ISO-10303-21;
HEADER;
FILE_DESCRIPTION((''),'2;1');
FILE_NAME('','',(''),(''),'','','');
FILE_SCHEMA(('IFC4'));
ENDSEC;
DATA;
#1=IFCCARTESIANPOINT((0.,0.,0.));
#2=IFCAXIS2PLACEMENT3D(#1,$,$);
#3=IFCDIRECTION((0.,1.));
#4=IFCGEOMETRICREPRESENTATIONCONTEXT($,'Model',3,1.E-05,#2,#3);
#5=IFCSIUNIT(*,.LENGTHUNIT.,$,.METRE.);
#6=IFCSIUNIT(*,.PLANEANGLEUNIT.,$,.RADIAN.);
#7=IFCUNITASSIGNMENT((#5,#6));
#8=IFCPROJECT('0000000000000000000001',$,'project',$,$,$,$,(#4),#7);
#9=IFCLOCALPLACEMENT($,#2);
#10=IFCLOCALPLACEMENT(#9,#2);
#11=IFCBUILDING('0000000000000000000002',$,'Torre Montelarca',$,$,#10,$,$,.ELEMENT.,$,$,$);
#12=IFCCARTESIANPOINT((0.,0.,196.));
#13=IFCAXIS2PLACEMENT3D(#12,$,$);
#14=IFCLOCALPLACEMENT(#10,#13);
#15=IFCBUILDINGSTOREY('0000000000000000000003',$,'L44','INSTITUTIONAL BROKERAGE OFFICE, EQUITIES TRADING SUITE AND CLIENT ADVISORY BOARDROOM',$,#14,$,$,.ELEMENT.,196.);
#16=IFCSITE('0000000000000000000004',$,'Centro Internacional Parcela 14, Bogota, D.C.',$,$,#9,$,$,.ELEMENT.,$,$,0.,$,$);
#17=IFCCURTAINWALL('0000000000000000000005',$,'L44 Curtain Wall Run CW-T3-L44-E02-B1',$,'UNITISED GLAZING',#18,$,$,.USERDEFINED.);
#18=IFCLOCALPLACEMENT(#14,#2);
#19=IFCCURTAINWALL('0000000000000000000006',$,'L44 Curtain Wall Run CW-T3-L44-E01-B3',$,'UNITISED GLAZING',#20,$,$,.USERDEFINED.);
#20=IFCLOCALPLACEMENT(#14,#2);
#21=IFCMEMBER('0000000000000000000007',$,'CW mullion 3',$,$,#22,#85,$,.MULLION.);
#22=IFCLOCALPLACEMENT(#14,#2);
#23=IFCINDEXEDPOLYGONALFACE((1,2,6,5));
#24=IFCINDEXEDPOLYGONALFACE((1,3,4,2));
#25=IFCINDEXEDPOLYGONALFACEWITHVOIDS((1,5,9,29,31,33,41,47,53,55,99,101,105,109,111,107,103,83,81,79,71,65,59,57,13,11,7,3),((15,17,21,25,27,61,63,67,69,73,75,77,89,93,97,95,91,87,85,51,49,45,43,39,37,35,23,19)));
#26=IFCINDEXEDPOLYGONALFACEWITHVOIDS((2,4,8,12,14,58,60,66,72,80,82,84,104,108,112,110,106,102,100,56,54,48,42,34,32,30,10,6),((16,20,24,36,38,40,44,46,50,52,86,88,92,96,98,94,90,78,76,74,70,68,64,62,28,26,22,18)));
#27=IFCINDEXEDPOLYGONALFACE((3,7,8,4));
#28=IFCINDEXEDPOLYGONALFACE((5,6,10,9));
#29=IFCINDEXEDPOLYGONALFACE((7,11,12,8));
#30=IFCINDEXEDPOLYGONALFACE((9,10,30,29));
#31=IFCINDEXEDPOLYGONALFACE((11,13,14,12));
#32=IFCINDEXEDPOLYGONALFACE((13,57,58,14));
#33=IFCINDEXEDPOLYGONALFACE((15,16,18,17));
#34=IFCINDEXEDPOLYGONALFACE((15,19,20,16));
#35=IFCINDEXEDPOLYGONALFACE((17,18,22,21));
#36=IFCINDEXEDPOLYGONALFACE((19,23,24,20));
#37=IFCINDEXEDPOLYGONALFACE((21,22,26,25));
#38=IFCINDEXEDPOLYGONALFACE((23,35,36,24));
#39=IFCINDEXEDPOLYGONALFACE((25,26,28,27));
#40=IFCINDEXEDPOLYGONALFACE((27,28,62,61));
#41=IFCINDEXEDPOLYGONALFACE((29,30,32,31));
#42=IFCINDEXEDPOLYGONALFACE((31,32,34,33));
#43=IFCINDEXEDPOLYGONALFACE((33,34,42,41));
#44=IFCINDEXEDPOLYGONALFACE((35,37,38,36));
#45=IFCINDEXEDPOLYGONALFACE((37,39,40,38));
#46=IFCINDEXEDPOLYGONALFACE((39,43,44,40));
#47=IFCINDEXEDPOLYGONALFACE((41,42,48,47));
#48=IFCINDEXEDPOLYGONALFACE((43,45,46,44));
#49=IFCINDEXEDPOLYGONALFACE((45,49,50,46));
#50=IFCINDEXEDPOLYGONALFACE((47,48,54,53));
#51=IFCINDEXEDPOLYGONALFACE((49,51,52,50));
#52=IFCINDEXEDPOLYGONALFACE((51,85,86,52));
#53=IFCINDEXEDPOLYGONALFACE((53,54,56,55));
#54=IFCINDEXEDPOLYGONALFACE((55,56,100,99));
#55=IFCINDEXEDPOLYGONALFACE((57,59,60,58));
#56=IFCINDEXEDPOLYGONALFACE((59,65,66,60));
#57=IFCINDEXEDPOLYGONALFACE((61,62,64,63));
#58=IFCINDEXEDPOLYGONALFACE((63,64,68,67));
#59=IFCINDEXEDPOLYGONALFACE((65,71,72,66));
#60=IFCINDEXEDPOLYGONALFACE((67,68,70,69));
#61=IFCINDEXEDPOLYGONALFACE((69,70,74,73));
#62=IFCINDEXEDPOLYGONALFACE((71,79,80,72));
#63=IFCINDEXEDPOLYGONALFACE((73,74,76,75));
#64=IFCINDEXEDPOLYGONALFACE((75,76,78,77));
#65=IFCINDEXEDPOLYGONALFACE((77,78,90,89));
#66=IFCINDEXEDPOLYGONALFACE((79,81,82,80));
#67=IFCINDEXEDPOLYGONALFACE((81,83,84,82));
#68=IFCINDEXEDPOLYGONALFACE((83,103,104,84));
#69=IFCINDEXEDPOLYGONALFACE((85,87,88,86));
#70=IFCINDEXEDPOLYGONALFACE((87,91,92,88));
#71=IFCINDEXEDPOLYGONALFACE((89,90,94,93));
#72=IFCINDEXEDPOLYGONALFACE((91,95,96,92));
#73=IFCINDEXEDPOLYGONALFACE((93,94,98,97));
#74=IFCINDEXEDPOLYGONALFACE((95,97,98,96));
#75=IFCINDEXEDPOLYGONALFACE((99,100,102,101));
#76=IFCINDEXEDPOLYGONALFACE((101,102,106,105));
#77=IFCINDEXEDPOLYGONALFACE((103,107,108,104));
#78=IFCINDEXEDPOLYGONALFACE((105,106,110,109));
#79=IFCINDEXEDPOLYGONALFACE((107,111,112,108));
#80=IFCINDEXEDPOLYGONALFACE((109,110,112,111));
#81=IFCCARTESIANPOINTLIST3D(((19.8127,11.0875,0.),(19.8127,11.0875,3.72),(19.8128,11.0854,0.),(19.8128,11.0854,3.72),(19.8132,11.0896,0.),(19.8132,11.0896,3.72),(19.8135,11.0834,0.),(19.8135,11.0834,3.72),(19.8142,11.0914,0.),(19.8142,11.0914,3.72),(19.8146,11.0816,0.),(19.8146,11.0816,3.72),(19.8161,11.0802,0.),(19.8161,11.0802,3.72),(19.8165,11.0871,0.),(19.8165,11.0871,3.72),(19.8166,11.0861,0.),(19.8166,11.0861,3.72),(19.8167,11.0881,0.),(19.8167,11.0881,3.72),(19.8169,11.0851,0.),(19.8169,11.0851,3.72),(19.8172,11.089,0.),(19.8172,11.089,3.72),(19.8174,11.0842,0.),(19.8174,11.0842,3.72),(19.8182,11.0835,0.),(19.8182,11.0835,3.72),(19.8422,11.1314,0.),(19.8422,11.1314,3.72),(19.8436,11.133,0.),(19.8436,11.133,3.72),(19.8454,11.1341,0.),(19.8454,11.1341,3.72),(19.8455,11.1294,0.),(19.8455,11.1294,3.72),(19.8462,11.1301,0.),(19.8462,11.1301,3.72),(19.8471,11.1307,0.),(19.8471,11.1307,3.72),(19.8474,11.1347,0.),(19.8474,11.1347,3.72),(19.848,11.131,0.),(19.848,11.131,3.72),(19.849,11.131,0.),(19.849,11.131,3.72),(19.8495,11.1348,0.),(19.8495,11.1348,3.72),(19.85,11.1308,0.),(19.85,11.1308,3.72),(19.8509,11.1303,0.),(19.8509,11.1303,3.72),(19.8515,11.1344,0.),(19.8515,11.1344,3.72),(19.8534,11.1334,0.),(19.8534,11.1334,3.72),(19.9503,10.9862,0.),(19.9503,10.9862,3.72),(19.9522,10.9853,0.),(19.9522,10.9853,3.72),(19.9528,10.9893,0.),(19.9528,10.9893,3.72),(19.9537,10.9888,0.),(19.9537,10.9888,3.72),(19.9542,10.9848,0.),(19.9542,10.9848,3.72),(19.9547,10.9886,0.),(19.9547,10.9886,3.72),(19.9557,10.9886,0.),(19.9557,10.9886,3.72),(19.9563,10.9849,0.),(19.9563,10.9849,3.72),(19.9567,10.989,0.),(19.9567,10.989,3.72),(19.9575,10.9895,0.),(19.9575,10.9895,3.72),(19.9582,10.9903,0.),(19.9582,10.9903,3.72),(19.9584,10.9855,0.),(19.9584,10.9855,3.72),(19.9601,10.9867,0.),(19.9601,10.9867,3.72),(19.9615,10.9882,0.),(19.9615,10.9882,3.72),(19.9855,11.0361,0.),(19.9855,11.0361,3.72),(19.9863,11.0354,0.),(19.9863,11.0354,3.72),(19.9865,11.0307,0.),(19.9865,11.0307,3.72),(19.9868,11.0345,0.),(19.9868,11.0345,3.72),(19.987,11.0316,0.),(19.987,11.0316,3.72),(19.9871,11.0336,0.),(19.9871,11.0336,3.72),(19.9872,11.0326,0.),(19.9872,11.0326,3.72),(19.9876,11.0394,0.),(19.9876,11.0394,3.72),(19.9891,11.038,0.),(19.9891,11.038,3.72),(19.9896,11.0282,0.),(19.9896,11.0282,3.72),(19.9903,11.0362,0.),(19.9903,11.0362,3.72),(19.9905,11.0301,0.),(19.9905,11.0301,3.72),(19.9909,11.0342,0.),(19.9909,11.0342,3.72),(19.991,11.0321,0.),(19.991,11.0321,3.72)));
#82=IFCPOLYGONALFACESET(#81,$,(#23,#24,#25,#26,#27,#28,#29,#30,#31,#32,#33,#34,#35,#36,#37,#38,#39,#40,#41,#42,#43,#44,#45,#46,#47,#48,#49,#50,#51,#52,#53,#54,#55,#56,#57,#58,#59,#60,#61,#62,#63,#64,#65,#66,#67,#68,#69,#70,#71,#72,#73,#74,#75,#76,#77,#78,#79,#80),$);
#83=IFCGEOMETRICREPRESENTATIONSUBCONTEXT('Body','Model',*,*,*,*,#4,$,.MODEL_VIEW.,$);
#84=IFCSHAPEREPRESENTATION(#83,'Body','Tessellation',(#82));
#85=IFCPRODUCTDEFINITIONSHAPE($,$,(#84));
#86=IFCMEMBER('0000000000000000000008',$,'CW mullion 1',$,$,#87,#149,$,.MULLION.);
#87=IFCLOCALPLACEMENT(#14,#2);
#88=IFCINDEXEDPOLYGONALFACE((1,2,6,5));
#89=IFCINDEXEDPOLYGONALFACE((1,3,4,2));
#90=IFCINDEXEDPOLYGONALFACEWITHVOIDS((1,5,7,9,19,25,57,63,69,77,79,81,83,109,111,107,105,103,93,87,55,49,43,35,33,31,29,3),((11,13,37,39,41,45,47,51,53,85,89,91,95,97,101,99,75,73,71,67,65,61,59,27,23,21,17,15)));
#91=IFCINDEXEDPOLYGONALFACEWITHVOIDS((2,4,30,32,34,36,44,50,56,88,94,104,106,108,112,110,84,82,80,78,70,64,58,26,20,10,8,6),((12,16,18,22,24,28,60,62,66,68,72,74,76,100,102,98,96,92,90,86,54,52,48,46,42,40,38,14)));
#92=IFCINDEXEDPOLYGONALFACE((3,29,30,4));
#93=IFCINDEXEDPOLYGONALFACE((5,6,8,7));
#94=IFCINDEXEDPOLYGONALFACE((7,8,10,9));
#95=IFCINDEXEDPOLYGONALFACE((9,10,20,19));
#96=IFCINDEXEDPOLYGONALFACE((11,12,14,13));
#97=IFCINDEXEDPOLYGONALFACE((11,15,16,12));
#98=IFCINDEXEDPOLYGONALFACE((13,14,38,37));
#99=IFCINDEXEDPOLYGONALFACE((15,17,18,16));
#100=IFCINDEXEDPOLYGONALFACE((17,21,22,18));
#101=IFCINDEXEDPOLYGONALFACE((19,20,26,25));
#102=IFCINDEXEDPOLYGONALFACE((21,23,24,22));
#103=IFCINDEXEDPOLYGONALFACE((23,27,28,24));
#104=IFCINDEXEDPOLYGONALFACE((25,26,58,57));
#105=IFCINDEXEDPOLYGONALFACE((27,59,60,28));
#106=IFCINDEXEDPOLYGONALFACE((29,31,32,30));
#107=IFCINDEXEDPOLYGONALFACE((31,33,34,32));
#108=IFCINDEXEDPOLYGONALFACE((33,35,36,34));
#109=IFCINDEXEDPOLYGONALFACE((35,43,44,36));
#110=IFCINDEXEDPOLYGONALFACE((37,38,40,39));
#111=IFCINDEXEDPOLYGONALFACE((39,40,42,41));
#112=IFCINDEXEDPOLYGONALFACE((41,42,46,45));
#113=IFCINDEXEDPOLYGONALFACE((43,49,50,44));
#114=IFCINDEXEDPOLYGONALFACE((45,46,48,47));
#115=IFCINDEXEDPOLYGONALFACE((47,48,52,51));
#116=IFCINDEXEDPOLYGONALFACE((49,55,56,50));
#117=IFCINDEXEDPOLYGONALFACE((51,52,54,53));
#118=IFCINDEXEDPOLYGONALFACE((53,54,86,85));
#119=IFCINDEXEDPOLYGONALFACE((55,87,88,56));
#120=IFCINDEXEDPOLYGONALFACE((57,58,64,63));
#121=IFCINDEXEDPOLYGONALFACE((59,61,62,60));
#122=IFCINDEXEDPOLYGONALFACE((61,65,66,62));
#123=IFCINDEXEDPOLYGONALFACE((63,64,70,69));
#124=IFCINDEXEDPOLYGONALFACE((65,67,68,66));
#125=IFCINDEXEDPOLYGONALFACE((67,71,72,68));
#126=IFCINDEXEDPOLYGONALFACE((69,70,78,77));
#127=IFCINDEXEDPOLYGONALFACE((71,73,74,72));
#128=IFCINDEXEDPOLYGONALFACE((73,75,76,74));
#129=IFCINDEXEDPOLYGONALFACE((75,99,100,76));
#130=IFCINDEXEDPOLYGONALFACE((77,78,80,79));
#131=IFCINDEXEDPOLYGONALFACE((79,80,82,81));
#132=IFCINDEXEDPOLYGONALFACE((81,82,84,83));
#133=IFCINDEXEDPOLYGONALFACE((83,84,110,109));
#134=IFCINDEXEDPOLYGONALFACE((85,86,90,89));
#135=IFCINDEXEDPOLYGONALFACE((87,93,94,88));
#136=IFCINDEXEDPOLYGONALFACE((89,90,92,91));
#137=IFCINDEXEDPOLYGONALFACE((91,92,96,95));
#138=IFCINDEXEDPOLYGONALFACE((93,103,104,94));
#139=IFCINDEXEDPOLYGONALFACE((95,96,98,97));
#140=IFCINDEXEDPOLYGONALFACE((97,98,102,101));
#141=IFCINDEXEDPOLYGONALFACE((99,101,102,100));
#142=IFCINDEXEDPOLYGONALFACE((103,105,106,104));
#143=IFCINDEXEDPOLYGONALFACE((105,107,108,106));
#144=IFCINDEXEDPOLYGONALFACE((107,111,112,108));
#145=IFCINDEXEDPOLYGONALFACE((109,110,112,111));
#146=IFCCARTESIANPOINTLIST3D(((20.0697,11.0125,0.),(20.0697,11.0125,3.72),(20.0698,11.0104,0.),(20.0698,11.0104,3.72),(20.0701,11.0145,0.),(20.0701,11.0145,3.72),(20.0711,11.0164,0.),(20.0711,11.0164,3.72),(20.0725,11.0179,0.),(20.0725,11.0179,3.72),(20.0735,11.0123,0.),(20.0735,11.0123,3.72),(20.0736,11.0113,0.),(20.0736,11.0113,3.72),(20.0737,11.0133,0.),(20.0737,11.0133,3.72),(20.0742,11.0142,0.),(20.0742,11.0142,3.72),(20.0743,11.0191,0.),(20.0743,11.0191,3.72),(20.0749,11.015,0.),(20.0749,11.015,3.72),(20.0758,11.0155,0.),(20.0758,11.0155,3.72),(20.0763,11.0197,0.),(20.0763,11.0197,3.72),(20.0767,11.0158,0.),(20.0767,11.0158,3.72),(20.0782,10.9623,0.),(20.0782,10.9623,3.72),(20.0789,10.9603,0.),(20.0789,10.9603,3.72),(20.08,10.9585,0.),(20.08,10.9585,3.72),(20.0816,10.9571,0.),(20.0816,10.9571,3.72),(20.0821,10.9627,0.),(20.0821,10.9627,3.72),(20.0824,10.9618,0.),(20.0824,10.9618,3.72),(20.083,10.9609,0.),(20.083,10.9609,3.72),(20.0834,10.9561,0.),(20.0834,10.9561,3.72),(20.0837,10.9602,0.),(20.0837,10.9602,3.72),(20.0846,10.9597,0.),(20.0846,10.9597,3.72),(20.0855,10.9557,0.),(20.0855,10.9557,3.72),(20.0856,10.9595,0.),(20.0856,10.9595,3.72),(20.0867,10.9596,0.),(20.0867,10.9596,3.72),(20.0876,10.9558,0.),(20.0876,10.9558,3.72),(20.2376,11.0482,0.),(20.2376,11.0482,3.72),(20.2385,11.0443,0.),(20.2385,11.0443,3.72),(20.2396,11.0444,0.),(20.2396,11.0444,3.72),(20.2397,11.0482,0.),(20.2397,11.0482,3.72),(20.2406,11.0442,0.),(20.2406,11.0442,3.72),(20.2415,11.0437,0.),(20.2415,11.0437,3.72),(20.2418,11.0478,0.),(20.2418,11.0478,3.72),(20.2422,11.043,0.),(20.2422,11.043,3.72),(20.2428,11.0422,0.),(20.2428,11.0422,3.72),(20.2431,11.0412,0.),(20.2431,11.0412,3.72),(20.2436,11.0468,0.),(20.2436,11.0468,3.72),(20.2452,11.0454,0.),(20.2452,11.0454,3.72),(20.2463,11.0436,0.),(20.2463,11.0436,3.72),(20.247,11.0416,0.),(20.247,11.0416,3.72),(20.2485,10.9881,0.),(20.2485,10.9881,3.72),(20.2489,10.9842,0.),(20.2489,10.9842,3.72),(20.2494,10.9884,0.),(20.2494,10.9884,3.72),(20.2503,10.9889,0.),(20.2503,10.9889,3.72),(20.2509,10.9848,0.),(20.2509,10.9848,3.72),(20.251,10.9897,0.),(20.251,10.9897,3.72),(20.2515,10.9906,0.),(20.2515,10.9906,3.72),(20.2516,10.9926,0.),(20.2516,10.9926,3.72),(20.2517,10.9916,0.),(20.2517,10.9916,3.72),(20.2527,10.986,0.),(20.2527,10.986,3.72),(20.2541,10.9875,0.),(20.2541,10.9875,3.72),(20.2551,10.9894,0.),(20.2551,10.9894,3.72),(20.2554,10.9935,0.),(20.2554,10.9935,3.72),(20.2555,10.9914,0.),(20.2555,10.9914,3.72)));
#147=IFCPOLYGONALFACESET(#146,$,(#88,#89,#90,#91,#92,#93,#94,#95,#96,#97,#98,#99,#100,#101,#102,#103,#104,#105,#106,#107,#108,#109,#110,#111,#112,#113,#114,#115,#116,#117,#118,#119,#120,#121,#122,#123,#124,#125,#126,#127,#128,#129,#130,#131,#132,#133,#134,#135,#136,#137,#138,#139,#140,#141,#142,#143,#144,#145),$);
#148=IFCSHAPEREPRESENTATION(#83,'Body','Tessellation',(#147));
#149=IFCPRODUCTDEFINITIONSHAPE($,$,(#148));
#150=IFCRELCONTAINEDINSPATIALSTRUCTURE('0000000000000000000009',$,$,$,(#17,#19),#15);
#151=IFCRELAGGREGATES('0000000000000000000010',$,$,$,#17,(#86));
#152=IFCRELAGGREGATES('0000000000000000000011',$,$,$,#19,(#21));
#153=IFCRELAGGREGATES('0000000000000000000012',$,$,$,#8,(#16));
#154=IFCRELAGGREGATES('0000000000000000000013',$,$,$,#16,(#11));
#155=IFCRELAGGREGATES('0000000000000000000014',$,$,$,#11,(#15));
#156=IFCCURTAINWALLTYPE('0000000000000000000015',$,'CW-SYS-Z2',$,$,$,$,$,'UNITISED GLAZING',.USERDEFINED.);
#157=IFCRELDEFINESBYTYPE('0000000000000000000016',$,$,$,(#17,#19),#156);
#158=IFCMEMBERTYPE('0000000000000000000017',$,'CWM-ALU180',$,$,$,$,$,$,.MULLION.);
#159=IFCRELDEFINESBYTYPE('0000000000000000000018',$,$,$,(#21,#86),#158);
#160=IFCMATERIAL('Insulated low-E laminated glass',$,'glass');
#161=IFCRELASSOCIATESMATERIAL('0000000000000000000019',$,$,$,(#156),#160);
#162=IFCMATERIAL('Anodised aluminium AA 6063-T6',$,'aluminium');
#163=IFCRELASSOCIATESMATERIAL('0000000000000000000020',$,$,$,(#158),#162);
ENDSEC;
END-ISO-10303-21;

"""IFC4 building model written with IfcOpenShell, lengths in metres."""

from ifc_helpers import new_model, si_unit, direction, frame, origin, origin_2d, place, context, subcontext, project, spatial, hollow_rectangle, extrude, source, transform, mapped, material, material_profile, profile_set, type_object, element, aggregate, save


model = new_model("IFC4")

# Units and contexts
model_context = context("Model", 3, precision=1e-05, world=origin(), true_north=direction((0.0, 1.0)))
body_context = subcontext(model_context, "Body", "Model", "MODEL_VIEW")
ifc_project = project(units=[si_unit("LENGTHUNIT", "METRE"), si_unit("PLANEANGLEUNIT", "RADIAN")], contexts=[model_context])

# Site, building, storey
site_placement = place(None, origin())
site = spatial("IfcSite", under=ifc_project, at=site_placement, Name="Centro Internacional Parcela 14, Bogota, D.C.", CompositionType="ELEMENT", RefElevation=0.0)
building_placement = place(site_placement, origin())
building = spatial("IfcBuilding", under=site, at=building_placement, Name="Torre Montelarca", CompositionType="ELEMENT")
storey_placement = place(building_placement, frame((0.0, 0.0, 196.0)))
storey = spatial("IfcBuildingStorey", under=building, at=storey_placement, Name="L44", Description="INSTITUTIONAL BROKERAGE OFFICE, EQUITIES TRADING SUITE AND CLIENT ADVISORY BOARDROOM", CompositionType="ELEMENT", Elevation=196.0)

# Curtain walls, member
ifc_material_1 = material(Name="Insulated low-E laminated glass", Category="glass")
curtain_wall_type = type_object("IfcCurtainWallType", Name="CW-SYS-Z2", ElementType="UNITISED GLAZING", PredefinedType="USERDEFINED", material=ifc_material_1)
curtain_wall_1_placement = place(storey_placement, origin())
curtain_wall_1 = element("IfcCurtainWall", 1, at=curtain_wall_1_placement, inside=storey, type_object=curtain_wall_type, Name="L44 Curtain Wall Run CW-T3-L44-E02-B1", ObjectType="UNITISED GLAZING", PredefinedType="USERDEFINED")
ifc_material_2 = material(Name="Anodised aluminium AA 6063-T6", Category="aluminium")
ifc_material_profile_1 = material_profile(ifc_material_2, hollow_rectangle(XDim=0.0649, YDim=0.1799, WallThickness=0.0039, InnerFilletRadius=0.0039, OuterFilletRadius=0.0081, at=origin_2d()), Name="ALU65X180X4", Category="aluminium")
ifc_profile_set_1 = profile_set([ifc_material_profile_1], Name="Anodised aluminium AA 6063-T6")
member_type_1 = type_object("IfcMemberType", Name="CWM-ALU180", PredefinedType="MULLION", material=ifc_profile_set_1)
shared_shape_1 = source(origin(), body_context, "Body", "SweptSolid", [
    extrude(hollow_rectangle(XDim=0.0649, YDim=0.1799, WallThickness=0.0039, InnerFilletRadius=0.0039, OuterFilletRadius=0.0081, at=origin_2d()), origin(), (0.0, 0.0, 1.0), 3.72),
])
curtain_wall_2_placement = place(storey_placement, origin())
curtain_wall_2 = element("IfcCurtainWall", 2, at=curtain_wall_2_placement, inside=storey, type_object=curtain_wall_type, Name="L44 Curtain Wall Run CW-T3-L44-E01-B3", ObjectType="UNITISED GLAZING", PredefinedType="USERDEFINED")
member_1_placement = place(storey_placement, frame((19.9019, 11.0598, 0.0), z_axis=(0.0, 0.0, 1.0), x_axis=(0.573567, 0.819159, 0.0)))
member_1 = element("IfcMember", 3, at=member_1_placement, type_object=member_type_1, Name="CW mullion 3", PredefinedType="MULLION", context=body_context, shape_type="MappedRepresentation", body=[
    mapped(shared_shape_1, transform((0.0, 0.0, 0.0), scale=1.0)),
])

# Member
member_2_placement = place(storey_placement, frame((20.1626, 11.002, 0.0), z_axis=(0.0, 0.0, 1.0), x_axis=(-0.173636, 0.98481, 0.0)))
member_2 = element("IfcMember", 4, at=member_2_placement, type_object=member_type_1, Name="CW mullion 1", PredefinedType="MULLION", context=body_context, shape_type="MappedRepresentation", body=[
    mapped(shared_shape_1, transform((0.0, 0.0, 0.0), scale=1.0)),
])

aggregate(curtain_wall_1, [member_2])
aggregate(curtain_wall_2, [member_1])

save(model, "model.ifc")
